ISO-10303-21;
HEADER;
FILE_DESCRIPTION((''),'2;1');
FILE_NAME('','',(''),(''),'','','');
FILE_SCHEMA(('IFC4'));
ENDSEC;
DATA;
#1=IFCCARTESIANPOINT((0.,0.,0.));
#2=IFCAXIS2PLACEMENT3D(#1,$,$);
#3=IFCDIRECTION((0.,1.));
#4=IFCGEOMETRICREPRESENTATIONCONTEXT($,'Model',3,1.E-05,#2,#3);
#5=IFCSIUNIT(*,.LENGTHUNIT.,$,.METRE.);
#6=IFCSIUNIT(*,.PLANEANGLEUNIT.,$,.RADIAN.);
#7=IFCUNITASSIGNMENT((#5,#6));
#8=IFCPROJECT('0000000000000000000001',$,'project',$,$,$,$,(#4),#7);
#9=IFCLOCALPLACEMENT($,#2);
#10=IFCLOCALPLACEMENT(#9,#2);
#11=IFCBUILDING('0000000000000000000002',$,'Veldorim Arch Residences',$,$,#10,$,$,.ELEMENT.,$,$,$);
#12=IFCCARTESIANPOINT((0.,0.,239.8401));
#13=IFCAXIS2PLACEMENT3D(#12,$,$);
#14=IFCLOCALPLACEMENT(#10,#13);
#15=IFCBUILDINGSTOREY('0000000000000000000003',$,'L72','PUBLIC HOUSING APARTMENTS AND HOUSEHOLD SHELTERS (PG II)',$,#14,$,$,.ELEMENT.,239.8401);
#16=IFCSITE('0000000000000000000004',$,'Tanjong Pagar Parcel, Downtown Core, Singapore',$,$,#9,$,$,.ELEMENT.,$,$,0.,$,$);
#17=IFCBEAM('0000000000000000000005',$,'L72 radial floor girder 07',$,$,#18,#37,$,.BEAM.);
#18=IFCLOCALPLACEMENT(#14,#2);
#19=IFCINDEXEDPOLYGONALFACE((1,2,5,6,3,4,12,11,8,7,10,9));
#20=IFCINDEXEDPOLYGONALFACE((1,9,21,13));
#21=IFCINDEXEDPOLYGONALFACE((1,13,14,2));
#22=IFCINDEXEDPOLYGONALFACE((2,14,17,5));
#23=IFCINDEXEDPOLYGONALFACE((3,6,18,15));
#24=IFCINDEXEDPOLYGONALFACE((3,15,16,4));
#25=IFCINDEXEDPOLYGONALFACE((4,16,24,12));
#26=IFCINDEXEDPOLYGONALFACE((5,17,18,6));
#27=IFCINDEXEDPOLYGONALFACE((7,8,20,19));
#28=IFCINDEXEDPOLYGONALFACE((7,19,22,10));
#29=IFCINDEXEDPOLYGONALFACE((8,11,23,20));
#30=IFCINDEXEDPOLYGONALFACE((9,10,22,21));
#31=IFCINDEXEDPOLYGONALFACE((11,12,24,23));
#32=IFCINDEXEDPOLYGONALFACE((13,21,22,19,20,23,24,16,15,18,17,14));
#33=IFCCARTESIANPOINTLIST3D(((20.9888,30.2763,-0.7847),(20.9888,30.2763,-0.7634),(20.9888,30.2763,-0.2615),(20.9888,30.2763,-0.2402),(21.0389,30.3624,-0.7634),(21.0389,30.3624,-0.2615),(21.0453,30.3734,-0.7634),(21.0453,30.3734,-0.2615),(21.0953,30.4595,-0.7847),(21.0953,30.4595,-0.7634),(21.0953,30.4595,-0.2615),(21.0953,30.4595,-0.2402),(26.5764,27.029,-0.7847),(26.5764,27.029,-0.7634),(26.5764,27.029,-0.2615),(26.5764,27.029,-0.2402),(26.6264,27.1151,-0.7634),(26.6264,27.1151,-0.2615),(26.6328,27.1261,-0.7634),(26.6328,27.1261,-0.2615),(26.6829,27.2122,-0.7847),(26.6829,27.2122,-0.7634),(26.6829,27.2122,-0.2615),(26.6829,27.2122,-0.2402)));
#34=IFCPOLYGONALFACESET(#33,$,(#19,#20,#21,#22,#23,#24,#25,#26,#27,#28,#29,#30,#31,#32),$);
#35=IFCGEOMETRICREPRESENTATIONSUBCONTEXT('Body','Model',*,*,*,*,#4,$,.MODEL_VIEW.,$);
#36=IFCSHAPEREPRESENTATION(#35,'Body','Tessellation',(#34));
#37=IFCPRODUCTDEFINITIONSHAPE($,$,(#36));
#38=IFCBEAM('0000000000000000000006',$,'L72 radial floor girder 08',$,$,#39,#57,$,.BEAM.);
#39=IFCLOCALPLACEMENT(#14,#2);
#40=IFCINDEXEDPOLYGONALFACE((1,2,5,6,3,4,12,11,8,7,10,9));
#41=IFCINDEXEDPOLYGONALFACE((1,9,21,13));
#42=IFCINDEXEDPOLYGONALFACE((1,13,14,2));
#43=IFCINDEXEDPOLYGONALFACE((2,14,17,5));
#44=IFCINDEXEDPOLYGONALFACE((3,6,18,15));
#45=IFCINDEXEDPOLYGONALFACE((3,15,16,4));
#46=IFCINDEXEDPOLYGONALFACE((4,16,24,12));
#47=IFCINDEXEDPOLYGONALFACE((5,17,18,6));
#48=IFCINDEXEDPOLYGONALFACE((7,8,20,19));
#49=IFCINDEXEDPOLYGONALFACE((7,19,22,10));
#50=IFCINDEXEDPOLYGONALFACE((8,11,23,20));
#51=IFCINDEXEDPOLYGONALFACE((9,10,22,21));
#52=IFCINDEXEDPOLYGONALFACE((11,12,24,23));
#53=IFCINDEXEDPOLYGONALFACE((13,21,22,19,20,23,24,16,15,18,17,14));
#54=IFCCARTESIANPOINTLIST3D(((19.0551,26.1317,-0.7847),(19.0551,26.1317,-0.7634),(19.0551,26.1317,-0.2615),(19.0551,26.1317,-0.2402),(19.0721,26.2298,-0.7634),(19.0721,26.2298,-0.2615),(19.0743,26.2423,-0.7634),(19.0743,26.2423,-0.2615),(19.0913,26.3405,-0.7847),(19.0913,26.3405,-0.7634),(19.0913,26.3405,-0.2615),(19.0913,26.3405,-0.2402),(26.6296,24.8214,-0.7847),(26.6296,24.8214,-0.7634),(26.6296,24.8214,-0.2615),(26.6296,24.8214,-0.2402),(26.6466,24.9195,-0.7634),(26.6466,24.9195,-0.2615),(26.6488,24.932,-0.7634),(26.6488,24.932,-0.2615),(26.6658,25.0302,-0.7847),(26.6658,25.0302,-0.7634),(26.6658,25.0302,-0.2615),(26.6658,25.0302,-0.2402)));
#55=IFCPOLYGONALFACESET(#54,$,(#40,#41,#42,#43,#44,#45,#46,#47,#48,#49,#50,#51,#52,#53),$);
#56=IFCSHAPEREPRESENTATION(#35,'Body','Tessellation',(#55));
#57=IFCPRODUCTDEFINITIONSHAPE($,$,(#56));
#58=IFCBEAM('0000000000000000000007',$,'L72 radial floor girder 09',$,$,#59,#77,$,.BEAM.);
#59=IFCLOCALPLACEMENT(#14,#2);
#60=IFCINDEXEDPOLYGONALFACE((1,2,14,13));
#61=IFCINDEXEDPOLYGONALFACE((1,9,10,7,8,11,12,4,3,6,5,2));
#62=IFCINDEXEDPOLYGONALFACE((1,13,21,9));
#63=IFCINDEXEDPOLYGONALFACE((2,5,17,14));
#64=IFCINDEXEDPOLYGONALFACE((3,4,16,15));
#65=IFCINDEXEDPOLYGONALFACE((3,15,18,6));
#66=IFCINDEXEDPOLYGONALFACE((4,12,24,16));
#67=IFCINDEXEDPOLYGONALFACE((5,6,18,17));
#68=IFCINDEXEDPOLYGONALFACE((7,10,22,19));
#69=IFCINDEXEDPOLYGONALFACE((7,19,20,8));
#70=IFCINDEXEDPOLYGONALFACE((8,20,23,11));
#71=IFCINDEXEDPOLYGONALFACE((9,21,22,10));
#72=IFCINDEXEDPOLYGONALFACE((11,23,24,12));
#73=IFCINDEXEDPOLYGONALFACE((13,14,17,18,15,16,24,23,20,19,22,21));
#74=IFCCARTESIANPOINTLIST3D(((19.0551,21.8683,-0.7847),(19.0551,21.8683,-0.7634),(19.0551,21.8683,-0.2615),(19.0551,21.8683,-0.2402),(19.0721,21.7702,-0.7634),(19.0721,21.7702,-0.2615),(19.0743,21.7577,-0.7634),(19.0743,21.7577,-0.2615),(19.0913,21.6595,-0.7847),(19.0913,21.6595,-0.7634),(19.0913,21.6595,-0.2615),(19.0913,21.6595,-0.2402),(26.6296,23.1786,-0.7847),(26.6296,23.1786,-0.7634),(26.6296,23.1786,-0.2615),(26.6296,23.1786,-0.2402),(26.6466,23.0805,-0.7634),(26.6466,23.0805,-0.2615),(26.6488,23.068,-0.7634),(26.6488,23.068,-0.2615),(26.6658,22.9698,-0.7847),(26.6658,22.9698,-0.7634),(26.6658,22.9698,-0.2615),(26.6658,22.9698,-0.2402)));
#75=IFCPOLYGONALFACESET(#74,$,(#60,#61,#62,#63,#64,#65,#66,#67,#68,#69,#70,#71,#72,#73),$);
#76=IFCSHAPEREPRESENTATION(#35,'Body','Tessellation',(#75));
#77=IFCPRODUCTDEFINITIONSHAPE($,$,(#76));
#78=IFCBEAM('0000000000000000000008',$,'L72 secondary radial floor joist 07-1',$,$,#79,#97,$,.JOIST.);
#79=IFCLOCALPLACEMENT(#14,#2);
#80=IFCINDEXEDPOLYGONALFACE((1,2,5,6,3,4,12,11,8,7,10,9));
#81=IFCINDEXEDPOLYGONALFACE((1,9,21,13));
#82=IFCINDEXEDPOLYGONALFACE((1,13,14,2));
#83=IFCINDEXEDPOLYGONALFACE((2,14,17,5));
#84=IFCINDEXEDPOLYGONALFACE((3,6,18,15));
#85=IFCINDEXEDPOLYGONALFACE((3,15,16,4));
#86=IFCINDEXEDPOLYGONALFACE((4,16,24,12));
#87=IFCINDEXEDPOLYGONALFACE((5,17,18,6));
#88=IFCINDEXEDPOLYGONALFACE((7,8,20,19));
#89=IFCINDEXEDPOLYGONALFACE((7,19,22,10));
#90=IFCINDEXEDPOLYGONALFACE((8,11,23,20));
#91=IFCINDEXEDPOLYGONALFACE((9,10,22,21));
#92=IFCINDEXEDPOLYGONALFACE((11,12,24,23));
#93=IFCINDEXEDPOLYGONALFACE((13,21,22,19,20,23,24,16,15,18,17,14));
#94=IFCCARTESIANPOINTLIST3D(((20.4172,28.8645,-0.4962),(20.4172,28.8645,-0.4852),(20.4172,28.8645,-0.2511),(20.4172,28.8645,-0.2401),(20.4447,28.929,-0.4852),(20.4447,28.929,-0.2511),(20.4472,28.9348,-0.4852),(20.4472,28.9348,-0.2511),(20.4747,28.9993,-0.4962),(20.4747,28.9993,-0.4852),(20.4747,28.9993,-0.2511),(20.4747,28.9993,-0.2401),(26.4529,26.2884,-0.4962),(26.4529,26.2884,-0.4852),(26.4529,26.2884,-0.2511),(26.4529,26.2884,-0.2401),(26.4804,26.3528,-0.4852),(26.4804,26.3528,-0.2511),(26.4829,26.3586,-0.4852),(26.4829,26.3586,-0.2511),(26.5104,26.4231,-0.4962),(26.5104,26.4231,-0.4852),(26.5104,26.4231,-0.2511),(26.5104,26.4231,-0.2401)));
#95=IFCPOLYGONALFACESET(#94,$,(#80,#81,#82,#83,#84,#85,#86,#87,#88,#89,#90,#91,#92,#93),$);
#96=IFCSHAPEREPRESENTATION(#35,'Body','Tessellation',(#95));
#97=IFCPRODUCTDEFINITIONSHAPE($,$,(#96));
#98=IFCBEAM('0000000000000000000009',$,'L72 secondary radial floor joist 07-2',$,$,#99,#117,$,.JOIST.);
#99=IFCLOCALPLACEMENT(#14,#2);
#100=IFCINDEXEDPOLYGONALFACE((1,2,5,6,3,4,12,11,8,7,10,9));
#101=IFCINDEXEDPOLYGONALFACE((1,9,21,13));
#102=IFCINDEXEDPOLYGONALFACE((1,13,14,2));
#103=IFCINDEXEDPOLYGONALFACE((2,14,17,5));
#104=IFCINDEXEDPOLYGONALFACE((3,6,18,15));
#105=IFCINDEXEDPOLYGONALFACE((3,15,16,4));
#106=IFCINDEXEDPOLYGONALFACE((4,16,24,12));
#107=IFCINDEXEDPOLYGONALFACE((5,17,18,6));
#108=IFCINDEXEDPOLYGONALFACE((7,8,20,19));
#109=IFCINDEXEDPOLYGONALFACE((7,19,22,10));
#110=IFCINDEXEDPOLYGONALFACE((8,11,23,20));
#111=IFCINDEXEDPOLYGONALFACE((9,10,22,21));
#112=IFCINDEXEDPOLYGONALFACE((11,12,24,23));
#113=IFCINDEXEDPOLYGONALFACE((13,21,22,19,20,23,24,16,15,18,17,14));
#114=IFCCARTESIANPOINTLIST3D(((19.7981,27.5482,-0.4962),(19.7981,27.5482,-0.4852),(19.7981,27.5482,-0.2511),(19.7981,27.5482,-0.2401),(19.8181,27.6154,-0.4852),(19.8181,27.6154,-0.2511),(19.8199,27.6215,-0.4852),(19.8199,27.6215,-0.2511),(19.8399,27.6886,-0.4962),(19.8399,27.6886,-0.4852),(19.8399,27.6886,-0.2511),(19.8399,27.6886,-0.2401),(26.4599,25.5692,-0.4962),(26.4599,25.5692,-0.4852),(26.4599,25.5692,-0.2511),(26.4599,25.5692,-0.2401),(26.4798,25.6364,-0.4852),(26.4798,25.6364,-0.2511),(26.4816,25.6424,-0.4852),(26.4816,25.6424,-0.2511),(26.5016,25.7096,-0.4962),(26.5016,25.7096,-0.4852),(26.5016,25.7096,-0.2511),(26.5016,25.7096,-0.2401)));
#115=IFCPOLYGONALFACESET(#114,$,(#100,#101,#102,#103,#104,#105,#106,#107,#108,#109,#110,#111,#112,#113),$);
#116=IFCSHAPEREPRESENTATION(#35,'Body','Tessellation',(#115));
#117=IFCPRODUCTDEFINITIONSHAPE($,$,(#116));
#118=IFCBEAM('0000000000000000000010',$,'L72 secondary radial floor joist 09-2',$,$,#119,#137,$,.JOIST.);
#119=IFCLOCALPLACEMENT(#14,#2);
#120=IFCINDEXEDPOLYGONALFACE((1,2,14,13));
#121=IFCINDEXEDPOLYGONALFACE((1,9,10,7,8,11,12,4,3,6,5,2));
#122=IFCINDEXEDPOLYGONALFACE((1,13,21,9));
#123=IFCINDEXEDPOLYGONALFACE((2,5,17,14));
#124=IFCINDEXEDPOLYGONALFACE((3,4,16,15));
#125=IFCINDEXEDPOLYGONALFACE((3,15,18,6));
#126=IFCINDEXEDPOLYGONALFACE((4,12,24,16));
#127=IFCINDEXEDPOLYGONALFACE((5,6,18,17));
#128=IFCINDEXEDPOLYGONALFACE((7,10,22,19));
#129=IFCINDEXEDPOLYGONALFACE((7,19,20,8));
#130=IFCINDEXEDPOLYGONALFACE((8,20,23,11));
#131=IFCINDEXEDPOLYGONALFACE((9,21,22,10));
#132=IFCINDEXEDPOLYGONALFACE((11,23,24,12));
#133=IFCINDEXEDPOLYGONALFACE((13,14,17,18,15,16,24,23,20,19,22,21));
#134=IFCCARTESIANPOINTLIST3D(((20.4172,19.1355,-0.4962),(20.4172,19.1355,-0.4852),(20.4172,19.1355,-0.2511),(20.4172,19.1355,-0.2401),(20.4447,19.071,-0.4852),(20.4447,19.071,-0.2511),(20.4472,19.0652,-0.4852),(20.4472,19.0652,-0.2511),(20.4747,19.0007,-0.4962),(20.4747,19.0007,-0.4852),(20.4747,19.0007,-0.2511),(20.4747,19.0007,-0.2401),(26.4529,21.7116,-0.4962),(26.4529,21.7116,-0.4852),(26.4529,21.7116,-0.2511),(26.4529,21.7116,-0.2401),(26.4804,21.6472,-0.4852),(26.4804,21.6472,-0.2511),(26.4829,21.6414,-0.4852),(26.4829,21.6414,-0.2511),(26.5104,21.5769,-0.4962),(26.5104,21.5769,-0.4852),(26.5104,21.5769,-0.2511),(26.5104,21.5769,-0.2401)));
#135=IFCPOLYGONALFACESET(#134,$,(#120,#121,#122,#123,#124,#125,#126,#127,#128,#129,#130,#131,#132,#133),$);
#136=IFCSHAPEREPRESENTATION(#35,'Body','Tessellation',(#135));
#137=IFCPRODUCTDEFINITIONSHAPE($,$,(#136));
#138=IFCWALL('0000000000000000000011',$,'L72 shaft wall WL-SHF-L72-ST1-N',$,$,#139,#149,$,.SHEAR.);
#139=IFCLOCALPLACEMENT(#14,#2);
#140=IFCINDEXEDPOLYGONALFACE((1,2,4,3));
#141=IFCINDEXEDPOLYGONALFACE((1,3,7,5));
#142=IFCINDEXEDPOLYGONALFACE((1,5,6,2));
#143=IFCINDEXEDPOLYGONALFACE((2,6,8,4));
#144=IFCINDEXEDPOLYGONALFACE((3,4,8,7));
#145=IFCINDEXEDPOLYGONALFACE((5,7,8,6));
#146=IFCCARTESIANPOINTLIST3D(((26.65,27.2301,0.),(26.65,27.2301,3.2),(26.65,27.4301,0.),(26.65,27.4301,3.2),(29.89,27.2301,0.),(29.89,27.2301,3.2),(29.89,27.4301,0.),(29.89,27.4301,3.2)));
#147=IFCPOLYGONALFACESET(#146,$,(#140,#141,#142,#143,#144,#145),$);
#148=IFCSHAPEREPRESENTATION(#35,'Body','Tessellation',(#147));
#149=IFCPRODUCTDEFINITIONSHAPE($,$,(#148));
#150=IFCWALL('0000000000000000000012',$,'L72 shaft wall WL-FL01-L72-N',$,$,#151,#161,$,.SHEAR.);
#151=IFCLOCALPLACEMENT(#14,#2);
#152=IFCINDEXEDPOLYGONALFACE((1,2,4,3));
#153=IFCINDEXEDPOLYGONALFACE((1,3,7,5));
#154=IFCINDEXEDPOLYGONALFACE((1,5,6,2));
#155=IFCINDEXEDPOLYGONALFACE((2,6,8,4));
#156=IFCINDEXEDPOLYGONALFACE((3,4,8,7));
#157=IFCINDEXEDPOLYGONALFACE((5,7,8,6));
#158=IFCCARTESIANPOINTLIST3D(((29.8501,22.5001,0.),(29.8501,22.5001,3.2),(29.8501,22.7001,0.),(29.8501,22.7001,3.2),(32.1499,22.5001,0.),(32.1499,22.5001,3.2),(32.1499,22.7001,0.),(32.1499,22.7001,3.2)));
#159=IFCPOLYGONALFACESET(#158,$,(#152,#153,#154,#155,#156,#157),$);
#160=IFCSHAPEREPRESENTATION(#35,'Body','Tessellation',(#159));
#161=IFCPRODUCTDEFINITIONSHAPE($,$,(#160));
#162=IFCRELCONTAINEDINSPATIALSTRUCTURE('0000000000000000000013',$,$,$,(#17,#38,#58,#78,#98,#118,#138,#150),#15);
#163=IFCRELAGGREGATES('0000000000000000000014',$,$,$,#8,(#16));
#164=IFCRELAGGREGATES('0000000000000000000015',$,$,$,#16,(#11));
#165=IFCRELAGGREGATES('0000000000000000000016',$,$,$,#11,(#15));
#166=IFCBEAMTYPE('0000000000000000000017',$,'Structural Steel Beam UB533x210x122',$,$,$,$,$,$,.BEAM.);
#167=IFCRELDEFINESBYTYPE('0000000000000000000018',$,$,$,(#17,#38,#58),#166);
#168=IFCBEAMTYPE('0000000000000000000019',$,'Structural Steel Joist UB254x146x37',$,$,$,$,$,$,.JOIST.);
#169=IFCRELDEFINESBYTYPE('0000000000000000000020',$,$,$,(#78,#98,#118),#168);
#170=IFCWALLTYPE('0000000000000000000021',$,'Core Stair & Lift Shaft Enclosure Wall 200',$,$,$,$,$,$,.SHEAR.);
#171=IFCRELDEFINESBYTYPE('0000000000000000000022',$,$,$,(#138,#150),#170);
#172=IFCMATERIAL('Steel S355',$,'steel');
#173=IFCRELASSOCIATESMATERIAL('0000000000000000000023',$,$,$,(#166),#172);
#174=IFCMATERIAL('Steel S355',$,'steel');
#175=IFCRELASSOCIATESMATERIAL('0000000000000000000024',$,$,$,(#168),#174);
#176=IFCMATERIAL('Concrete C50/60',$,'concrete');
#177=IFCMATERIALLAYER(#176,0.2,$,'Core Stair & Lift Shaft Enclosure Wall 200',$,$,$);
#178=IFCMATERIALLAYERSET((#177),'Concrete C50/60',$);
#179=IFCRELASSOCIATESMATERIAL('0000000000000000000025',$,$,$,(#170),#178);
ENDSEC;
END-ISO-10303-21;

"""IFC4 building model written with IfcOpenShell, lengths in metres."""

from ifc_helpers import new_model, si_unit, direction, frame, frame_2d, origin, origin_2d, place, context, subcontext, project, spatial, rectangle, i_section, extrude, material, layer, layer_set, material_profile, profile_set, type_object, element, save


model = new_model("IFC4")

# Units and contexts
model_context = context("Model", 3, precision=1e-05, world=origin(), true_north=direction((0.0, 1.0)))
body_context = subcontext(model_context, "Body", "Model", "MODEL_VIEW")
ifc_project = project(units=[si_unit("LENGTHUNIT", "METRE"), si_unit("PLANEANGLEUNIT", "RADIAN")], contexts=[model_context])

# Site, building, storey
site_placement = place(None, origin())
site = spatial("IfcSite", under=ifc_project, at=site_placement, Name="Tanjong Pagar Parcel, Downtown Core, Singapore", CompositionType="ELEMENT", RefElevation=0.0)
building_placement = place(site_placement, origin())
building = spatial("IfcBuilding", under=site, at=building_placement, Name="Veldorim Arch Residences", CompositionType="ELEMENT")
storey_placement = place(building_placement, frame((0.0, 0.0, 239.8401)))
storey = spatial("IfcBuildingStorey", under=building, at=storey_placement, Name="L72", Description="PUBLIC HOUSING APARTMENTS AND HOUSEHOLD SHELTERS (PG II)", CompositionType="ELEMENT", Elevation=239.8401)

# Beams
ifc_material_1 = material(Name="Steel S355", Category="steel")
ifc_material_profile_1 = material_profile(ifc_material_1, i_section(OverallWidth=0.2119, OverallDepth=0.5444, WebThickness=0.0127, FlangeThickness=0.0212, at=origin_2d()), Name="UB533x210x122")
ifc_profile_set_1 = profile_set([ifc_material_profile_1], Name="Steel S355")
beam_type_1 = type_object("IfcBeamType", Name="Structural Steel Beam UB533x210x122", PredefinedType="BEAM", material=ifc_profile_set_1)
beam_1_placement = place(storey_placement, frame((26.6296, 27.1206, -0.5125), z_axis=(-0.864596, 0.502468, 0.0), x_axis=(-0.502468, -0.864596, 0.0)))
element("IfcBeam", 1, at=beam_1_placement, inside=storey, type_object=beam_type_1, Name="L72 radial floor girder 07", PredefinedType="BEAM", context=body_context, shape_type="SweptSolid", body=[
    extrude(i_section(OverallWidth=0.2119, OverallDepth=0.5444, WebThickness=0.0127, FlangeThickness=0.0212, at=origin_2d()), origin(), (0.0, 0.0, 1.0), 6.4626),
])
for number, where, z_axis, x_axis, name in (
    (2, (26.6477, 24.9258, -0.5125), (-0.985365, 0.170458, 0.0), (-0.170458, -0.985365, 0.0), "L72 radial floor girder 08"),
    (3, (26.6477, 23.0742, -0.5125), (-0.985365, -0.170458, 0.0), (0.170458, -0.985365, 0.0), "L72 radial floor girder 09"),
):
    element("IfcBeam", number, at=place(storey_placement, frame(where, z_axis=z_axis, x_axis=x_axis)), inside=storey, type_object=beam_type_1, Name=name, PredefinedType="BEAM", context=body_context, shape_type="SweptSolid", body=[
        extrude(i_section(OverallWidth=0.2119, OverallDepth=0.5444, WebThickness=0.0127, FlangeThickness=0.0212, at=origin_2d()), origin(), (0.0, 0.0, 1.0), 7.687),
    ])
ifc_material_2 = material(Name="Steel S355", Category="steel")
ifc_material_profile_2 = material_profile(ifc_material_2, i_section(OverallWidth=0.1465, OverallDepth=0.2561, WebThickness=0.0063, FlangeThickness=0.011, at=origin_2d()), Name="UB254x146x37")
ifc_profile_set_2 = profile_set([ifc_material_profile_2], Name="Steel S355")
beam_type_2 = type_object("IfcBeamType", Name="Structural Steel Joist UB254x146x37", PredefinedType="JOIST", material=ifc_profile_set_2)
beam_2_placement = place(storey_placement, frame((26.4817, 26.3557, -0.3682), z_axis=(-0.919725, 0.392563, 0.0), x_axis=(-0.392563, -0.919725, 0.0)))
element("IfcBeam", 4, at=beam_2_placement, inside=storey, type_object=beam_type_2, Name="L72 secondary radial floor joist 07-1", PredefinedType="JOIST", context=body_context, shape_type="SweptSolid", body=[
    extrude(i_section(OverallWidth=0.1465, OverallDepth=0.2561, WebThickness=0.0063, FlangeThickness=0.011, at=origin_2d()), origin(), (0.0, 0.0, 1.0), 6.5625),
])
beam_3_placement = place(storey_placement, frame((26.4807, 25.6394, -0.3682), z_axis=(-0.958594, 0.284775, 0.0), x_axis=(-0.284775, -0.958594, 0.0)))
element("IfcBeam", 5, at=beam_3_placement, inside=storey, type_object=beam_type_2, Name="L72 secondary radial floor joist 07-2", PredefinedType="JOIST", context=body_context, shape_type="SweptSolid", body=[
    extrude(i_section(OverallWidth=0.1465, OverallDepth=0.2561, WebThickness=0.0063, FlangeThickness=0.011, at=origin_2d()), origin(), (0.0, 0.0, 1.0), 6.9495),
])
beam_4_placement = place(storey_placement, frame((26.4817, 21.6443, -0.3682), z_axis=(-0.919725, -0.392563, 0.0), x_axis=(0.392563, -0.919725, 0.0)))
element("IfcBeam", 6, at=beam_4_placement, inside=storey, type_object=beam_type_2, Name="L72 secondary radial floor joist 09-2", PredefinedType="JOIST", context=body_context, shape_type="SweptSolid", body=[
    extrude(i_section(OverallWidth=0.1465, OverallDepth=0.2561, WebThickness=0.0063, FlangeThickness=0.011, at=origin_2d()), origin(), (0.0, 0.0, 1.0), 6.5625),
])

# Walls
ifc_material_3 = material(Name="Concrete C50/60", Category="concrete")
ifc_layer_1 = layer(ifc_material_3, 0.2, Name="Core Stair & Lift Shaft Enclosure Wall 200")
ifc_layer_set_1 = layer_set([ifc_layer_1], Name="Concrete C50/60")
wall_type_1 = type_object("IfcWallType", Name="Core Stair & Lift Shaft Enclosure Wall 200", PredefinedType="SHEAR", material=ifc_layer_set_1)
wall_1_placement = place(storey_placement, frame((26.6499, 27.3301, 0.0), z_axis=(0.0, 0.0, 1.0), x_axis=(1.0, 0.0, 0.0)))
element("IfcWall", 7, at=wall_1_placement, inside=storey, type_object=wall_type_1, Name="L72 shaft wall WL-SHF-L72-ST1-N", PredefinedType="SHEAR", context=body_context, shape_type="SweptSolid", body=[
    extrude(rectangle(XDim=3.24, YDim=0.2, at=frame_2d((1.6201, 0.0))), origin(), (0.0, 0.0, 1.0), 3.2),
])
wall_2_placement = place(storey_placement, frame((29.8501, 22.6001, 0.0), z_axis=(0.0, 0.0, 1.0), x_axis=(1.0, 0.0, 0.0)))
element("IfcWall", 8, at=wall_2_placement, inside=storey, type_object=wall_type_1, Name="L72 shaft wall WL-FL01-L72-N", PredefinedType="SHEAR", context=body_context, shape_type="SweptSolid", body=[
    extrude(rectangle(XDim=2.2998, YDim=0.2, at=frame_2d((1.1499, 0.0))), origin(), (0.0, 0.0, 1.0), 3.2),
])

save(model, "model.ifc")
